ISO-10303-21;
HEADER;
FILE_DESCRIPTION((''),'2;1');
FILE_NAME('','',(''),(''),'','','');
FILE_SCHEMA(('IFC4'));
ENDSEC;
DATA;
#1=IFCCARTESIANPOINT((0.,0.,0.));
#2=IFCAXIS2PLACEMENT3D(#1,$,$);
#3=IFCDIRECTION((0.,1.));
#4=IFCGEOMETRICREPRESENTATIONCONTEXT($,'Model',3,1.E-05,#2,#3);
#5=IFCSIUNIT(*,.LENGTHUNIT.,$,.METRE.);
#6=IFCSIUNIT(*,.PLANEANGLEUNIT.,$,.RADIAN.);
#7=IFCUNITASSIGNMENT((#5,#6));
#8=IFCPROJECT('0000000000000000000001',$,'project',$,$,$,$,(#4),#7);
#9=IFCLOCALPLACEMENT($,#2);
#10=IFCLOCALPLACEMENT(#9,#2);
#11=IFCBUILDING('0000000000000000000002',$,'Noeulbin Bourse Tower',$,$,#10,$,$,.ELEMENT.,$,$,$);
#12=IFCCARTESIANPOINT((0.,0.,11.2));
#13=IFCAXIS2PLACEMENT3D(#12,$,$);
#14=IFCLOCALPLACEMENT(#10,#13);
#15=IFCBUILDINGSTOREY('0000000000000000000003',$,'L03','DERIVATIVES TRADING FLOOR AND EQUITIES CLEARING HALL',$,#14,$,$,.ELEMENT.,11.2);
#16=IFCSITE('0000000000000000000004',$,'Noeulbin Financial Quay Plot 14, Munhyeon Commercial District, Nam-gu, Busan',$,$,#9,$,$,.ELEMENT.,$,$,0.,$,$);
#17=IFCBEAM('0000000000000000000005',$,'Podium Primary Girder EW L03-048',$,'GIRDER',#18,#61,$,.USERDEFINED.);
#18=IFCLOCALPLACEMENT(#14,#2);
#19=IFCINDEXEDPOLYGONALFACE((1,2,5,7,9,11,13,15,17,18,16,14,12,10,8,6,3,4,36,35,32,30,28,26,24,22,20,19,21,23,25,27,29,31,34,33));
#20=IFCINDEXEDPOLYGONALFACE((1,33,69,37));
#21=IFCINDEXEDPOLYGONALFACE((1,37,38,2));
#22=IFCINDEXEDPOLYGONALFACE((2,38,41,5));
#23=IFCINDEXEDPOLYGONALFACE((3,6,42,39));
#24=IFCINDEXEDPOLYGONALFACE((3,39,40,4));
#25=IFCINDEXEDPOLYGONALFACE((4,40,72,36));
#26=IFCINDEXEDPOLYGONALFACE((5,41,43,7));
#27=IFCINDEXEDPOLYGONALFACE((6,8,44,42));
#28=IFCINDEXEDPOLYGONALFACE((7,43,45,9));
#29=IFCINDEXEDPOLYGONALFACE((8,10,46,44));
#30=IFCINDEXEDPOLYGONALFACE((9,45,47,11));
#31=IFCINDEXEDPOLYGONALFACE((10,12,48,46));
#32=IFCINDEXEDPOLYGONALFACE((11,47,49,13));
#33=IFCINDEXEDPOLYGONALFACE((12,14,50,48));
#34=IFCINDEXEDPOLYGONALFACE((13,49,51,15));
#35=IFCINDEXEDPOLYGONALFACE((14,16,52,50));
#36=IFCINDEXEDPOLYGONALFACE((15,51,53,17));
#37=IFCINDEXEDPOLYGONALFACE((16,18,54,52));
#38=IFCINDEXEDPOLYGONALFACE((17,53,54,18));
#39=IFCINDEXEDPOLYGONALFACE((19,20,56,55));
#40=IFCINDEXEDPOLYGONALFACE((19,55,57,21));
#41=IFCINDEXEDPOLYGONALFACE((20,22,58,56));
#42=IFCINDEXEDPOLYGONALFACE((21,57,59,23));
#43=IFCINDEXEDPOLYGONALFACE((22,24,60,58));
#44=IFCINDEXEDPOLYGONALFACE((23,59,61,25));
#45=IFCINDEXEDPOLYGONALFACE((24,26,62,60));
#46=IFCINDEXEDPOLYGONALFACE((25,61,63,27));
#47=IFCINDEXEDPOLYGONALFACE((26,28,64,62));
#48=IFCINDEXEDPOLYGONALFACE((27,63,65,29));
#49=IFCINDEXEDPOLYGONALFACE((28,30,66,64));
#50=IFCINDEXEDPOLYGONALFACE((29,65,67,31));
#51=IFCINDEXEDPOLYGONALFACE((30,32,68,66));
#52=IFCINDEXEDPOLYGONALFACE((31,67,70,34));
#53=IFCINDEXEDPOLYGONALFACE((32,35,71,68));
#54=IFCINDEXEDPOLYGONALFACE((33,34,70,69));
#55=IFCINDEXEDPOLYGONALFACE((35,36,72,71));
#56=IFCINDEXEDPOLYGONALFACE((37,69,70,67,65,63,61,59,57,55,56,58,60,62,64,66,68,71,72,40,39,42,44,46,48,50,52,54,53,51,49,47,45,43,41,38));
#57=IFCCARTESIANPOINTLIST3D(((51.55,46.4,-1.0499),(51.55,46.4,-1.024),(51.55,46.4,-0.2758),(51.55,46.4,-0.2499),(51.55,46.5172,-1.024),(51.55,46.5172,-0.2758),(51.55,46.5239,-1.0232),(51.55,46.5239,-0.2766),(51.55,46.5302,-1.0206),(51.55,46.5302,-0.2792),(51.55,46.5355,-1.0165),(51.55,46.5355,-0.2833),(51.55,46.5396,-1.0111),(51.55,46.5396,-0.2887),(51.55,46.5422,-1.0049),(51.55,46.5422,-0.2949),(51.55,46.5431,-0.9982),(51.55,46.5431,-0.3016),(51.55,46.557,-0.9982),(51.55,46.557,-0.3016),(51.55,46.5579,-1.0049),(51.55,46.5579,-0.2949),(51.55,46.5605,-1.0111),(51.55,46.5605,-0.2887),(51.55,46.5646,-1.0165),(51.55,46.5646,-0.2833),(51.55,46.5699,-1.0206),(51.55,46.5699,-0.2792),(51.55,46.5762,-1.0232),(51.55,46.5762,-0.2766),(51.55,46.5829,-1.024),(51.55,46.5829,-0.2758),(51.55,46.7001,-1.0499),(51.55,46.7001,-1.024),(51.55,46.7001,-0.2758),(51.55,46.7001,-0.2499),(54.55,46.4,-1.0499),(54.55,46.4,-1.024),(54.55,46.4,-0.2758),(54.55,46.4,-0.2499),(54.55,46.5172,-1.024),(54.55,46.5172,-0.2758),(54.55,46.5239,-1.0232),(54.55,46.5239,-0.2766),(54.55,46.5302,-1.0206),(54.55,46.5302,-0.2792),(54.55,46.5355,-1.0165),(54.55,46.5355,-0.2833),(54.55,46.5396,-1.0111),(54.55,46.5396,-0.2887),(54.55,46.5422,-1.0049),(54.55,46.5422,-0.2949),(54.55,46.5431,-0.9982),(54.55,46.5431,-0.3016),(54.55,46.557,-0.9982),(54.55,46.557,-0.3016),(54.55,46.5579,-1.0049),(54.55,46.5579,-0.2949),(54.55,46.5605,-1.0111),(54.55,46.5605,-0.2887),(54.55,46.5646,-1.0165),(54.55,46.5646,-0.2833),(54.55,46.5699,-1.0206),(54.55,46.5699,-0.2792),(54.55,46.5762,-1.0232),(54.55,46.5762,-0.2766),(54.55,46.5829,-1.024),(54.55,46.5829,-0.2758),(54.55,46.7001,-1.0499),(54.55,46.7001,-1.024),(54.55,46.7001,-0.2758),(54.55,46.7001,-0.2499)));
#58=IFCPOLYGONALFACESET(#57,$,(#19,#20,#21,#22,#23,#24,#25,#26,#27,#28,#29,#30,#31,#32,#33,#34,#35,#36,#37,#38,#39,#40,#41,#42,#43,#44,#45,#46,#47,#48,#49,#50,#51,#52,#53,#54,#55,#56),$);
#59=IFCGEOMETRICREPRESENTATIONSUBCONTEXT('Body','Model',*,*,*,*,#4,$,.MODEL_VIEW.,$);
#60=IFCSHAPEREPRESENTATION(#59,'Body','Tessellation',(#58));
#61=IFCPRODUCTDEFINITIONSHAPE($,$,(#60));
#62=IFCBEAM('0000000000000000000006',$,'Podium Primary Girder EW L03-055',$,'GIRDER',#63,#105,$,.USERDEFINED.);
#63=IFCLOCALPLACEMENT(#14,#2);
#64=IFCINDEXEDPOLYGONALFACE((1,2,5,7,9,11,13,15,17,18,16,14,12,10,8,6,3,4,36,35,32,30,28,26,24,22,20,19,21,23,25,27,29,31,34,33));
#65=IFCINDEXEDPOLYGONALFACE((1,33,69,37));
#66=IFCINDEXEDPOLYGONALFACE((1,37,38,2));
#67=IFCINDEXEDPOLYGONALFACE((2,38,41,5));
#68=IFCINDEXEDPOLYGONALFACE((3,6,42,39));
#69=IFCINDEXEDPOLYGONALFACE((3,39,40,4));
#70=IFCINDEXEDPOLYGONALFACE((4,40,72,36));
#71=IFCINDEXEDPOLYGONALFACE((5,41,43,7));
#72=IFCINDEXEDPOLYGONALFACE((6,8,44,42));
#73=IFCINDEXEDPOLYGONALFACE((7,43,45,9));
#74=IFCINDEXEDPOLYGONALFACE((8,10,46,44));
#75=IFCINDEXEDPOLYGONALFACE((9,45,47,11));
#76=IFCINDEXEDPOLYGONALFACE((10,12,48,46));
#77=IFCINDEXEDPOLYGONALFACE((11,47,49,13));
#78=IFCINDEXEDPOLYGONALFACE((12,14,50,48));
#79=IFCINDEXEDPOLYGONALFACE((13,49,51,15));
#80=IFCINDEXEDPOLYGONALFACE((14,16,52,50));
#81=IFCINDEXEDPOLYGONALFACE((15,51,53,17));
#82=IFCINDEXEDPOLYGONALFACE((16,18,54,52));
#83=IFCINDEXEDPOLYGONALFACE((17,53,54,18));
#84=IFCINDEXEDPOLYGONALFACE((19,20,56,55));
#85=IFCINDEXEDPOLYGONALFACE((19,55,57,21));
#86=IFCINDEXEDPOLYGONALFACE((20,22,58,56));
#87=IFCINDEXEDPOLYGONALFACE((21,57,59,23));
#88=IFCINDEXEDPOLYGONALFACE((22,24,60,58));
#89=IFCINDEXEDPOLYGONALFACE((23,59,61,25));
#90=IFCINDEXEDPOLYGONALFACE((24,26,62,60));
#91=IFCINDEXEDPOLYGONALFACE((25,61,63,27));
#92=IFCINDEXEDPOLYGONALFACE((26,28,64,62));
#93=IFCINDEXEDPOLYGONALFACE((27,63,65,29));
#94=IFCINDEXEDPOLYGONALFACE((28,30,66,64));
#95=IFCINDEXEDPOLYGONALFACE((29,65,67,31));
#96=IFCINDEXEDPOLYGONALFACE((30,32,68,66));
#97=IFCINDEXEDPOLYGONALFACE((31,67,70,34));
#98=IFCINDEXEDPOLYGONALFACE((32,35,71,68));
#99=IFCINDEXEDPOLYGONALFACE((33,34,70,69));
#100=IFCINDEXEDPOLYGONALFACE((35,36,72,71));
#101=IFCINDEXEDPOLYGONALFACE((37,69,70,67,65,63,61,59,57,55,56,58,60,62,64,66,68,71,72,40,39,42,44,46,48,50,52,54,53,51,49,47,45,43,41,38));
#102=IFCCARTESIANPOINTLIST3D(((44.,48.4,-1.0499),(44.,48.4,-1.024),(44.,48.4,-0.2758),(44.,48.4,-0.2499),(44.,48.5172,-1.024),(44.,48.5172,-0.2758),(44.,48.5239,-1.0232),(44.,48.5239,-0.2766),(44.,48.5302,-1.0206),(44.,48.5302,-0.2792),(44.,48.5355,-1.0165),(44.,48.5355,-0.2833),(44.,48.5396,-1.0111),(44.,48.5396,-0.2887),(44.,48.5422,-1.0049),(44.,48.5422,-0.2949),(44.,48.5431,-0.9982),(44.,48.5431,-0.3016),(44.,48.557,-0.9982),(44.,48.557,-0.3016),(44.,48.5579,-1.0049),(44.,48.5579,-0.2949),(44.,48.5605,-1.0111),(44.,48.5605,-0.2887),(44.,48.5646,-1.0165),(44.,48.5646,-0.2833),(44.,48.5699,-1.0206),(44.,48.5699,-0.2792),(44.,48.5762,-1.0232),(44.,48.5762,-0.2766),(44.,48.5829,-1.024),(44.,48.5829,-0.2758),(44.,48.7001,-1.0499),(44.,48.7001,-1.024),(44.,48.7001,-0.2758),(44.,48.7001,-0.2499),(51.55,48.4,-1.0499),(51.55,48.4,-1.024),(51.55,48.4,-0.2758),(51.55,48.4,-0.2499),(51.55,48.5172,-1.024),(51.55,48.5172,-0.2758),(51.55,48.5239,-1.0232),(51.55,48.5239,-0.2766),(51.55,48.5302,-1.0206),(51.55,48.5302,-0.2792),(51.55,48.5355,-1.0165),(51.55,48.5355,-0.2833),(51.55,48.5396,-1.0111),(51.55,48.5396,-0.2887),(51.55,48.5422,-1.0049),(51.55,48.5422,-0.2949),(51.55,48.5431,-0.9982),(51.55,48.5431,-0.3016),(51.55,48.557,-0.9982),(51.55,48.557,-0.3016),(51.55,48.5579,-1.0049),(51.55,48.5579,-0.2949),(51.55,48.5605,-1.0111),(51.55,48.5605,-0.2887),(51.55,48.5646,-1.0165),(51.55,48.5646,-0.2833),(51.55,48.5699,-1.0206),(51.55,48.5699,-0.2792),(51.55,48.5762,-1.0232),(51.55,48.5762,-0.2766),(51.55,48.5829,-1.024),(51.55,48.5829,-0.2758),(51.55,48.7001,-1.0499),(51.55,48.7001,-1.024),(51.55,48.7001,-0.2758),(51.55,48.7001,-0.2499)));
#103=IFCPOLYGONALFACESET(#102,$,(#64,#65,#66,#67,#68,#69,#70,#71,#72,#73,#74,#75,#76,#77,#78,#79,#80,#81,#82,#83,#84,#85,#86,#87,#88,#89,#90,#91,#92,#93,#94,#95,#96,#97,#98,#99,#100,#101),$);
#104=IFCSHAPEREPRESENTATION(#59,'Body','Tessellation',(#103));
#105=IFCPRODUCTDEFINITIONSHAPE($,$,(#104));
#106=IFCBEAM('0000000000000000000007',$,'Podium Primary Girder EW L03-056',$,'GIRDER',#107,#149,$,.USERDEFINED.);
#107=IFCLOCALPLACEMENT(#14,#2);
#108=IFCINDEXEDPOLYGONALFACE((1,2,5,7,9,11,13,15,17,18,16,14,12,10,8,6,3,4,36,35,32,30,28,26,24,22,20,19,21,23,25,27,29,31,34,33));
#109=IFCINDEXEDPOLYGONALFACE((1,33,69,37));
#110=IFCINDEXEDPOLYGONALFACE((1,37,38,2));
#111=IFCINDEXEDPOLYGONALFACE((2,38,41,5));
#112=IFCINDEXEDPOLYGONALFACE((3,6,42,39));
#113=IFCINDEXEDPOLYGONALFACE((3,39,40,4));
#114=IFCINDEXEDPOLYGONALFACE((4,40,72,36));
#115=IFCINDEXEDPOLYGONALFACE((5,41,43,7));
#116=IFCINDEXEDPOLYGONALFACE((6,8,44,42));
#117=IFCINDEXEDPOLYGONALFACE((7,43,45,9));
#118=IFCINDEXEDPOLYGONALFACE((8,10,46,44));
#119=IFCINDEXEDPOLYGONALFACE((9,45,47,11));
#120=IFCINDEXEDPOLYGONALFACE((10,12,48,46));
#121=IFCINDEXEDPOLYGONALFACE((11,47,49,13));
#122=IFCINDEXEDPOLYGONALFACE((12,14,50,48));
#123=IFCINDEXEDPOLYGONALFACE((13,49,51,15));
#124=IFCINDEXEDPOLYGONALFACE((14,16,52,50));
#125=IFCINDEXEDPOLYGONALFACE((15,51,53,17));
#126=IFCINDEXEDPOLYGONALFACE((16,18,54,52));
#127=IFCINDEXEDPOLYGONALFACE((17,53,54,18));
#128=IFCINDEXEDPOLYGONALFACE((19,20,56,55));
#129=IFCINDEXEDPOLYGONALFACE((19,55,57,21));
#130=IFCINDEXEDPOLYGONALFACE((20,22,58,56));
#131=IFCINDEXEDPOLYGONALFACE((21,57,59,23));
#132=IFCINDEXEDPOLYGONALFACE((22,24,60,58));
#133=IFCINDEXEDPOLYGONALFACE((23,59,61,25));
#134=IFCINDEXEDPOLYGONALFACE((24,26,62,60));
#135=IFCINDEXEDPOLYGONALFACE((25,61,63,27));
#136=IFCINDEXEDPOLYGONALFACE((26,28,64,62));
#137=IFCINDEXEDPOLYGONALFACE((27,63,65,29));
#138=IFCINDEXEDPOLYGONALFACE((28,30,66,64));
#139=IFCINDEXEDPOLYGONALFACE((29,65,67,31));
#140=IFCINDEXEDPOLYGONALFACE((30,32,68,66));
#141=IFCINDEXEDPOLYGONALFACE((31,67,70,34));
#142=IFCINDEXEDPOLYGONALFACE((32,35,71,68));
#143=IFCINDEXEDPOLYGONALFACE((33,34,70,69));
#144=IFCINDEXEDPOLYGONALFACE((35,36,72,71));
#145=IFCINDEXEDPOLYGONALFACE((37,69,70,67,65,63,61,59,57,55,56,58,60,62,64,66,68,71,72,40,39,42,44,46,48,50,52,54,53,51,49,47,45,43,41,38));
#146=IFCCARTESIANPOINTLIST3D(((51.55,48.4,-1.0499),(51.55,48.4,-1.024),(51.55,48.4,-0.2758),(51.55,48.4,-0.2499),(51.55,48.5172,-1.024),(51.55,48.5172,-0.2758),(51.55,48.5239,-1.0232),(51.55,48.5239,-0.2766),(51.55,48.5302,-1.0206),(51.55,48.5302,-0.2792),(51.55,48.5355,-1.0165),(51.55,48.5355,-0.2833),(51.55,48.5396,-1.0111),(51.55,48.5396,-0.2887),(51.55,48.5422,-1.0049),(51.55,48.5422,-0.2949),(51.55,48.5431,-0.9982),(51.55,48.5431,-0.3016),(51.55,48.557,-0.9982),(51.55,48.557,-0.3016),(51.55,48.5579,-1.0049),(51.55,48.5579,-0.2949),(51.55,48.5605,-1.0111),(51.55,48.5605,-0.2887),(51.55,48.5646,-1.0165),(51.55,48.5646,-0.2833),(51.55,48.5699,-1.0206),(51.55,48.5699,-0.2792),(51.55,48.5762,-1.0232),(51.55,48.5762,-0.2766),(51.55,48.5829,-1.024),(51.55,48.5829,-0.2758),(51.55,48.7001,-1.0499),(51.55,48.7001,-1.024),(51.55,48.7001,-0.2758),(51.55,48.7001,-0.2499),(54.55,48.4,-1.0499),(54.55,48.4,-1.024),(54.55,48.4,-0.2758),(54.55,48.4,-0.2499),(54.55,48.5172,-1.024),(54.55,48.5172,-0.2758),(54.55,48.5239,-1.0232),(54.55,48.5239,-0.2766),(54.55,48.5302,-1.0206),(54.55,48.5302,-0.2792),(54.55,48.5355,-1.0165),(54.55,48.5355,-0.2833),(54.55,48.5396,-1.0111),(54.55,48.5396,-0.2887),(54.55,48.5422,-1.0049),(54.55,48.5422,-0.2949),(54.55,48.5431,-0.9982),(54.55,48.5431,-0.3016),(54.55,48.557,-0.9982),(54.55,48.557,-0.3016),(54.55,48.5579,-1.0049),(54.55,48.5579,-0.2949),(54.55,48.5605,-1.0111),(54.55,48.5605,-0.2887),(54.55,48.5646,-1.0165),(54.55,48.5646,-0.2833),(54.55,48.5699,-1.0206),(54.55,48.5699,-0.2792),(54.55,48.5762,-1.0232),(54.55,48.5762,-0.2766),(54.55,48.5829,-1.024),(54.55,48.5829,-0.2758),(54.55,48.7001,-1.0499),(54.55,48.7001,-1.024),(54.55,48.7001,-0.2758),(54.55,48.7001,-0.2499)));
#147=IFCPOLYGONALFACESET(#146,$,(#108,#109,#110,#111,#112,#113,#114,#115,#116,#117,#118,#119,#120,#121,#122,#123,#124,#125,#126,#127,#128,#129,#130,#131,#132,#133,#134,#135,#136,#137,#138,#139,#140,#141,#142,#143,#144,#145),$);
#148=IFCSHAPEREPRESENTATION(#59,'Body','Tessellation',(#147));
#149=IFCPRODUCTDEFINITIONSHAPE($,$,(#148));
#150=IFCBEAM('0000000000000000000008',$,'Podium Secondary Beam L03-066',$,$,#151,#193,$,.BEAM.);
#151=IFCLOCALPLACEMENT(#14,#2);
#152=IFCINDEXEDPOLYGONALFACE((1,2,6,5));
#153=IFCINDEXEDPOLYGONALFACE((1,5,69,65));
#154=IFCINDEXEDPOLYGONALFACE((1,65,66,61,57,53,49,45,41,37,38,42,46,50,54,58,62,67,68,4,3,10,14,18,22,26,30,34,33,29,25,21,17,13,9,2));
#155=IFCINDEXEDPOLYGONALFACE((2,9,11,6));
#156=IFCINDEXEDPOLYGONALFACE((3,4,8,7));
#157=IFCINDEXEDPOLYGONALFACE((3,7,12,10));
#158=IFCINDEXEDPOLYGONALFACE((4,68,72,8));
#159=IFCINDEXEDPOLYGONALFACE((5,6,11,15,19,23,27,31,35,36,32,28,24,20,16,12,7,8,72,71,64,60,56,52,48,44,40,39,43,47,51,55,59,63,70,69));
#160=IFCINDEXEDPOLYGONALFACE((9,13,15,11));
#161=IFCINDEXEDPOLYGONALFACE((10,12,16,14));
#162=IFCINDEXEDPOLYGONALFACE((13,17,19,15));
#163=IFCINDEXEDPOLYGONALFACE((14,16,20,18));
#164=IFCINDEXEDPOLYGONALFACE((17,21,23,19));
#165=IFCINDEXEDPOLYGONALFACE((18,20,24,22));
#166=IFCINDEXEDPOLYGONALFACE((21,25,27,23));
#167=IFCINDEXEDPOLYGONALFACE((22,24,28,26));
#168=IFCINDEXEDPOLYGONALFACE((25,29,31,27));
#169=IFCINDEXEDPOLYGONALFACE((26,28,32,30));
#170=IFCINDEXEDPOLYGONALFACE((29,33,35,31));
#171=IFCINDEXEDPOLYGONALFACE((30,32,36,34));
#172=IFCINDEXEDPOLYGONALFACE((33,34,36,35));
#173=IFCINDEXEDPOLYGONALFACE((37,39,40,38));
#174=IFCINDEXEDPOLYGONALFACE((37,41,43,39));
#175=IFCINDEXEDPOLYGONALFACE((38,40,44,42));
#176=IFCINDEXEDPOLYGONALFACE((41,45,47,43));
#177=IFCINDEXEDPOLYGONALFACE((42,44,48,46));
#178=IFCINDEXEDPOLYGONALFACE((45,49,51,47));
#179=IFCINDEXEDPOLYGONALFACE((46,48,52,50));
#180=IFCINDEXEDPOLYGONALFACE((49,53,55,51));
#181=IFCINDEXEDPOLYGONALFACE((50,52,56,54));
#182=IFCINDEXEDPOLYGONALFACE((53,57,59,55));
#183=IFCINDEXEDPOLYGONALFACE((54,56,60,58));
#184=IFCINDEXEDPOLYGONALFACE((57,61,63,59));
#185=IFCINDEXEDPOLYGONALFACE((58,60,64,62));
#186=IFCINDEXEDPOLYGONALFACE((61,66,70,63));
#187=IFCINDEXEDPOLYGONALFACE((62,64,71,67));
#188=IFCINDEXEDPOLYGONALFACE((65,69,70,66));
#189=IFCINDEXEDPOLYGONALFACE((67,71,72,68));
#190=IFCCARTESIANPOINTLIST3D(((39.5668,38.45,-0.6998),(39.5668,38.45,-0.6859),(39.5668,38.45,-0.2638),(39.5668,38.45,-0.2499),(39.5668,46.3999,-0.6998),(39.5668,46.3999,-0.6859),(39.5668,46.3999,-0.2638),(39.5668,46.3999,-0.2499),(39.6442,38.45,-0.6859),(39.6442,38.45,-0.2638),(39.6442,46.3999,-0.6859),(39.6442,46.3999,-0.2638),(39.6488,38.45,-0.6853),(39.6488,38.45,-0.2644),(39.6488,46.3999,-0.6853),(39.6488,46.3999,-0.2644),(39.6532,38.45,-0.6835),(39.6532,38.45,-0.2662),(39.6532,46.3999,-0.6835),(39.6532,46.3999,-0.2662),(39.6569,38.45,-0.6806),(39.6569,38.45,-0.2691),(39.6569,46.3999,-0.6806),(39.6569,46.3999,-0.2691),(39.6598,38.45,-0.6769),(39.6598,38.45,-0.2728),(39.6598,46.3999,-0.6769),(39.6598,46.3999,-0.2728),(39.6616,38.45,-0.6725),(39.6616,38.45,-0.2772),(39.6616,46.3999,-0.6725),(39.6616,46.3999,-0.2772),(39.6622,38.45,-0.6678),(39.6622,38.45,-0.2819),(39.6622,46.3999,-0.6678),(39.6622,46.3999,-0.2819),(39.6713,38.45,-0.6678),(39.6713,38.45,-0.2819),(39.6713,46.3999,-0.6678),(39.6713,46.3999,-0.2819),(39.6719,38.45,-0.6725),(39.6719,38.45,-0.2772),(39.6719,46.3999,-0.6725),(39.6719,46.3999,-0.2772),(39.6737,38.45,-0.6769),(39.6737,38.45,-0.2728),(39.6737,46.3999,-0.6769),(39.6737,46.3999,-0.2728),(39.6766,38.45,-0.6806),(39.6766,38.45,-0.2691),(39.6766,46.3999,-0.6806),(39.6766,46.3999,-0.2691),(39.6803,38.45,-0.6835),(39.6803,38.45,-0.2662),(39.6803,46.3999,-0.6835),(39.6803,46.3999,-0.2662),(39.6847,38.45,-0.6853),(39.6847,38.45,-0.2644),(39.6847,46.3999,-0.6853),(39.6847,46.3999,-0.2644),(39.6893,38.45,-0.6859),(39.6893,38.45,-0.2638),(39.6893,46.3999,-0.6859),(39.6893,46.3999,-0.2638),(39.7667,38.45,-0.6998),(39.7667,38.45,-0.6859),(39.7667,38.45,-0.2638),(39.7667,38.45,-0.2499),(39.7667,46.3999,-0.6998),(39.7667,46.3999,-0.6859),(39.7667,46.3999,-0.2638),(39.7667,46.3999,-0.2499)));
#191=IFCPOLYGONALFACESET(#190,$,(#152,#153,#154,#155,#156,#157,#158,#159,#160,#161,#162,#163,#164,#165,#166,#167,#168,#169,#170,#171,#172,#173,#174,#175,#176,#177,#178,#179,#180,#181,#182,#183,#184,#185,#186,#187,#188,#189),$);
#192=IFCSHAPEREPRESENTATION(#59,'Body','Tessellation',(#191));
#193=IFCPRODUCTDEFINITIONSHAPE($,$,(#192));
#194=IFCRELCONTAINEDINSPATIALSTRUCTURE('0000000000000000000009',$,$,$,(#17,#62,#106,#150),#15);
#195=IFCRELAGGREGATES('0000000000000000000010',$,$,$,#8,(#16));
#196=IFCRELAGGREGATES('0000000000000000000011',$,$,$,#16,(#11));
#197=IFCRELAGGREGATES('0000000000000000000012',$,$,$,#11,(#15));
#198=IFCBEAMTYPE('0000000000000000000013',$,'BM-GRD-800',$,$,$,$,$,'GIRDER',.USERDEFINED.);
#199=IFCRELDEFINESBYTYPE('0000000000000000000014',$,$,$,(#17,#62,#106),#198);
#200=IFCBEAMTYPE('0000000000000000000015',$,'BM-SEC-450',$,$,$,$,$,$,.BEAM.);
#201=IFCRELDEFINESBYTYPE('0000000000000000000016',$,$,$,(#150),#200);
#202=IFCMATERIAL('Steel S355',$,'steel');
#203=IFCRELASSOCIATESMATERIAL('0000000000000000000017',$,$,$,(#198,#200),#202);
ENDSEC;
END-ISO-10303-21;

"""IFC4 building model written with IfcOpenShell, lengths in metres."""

from ifc_helpers import new_model, si_unit, direction, frame, origin, origin_2d, place, context, subcontext, project, spatial, i_section, extrude, material, material_profile, profile_set, type_object, element, save


model = new_model("IFC4")

# Units and contexts
model_context = context("Model", 3, precision=1e-05, world=origin(), true_north=direction((0.0, 1.0)))
body_context = subcontext(model_context, "Body", "Model", "MODEL_VIEW")
ifc_project = project(units=[si_unit("LENGTHUNIT", "METRE"), si_unit("PLANEANGLEUNIT", "RADIAN")], contexts=[model_context])

# Site, building, storey
site_placement = place(None, origin())
site = spatial("IfcSite", under=ifc_project, at=site_placement, Name="Noeulbin Financial Quay Plot 14, Munhyeon Commercial District, Nam-gu, Busan", CompositionType="ELEMENT", RefElevation=0.0)
building_placement = place(site_placement, origin())
building = spatial("IfcBuilding", under=site, at=building_placement, Name="Noeulbin Bourse Tower", CompositionType="ELEMENT")
storey_placement = place(building_placement, frame((0.0, 0.0, 11.2)))
storey = spatial("IfcBuildingStorey", under=building, at=storey_placement, Name="L03", Description="DERIVATIVES TRADING FLOOR AND EQUITIES CLEARING HALL", CompositionType="ELEMENT", Elevation=11.2)

# Beams
ifc_material_1 = material(Name="Steel S355", Category="steel")
ifc_material_profile_1 = material_profile(ifc_material_1, i_section(OverallWidth=0.3, OverallDepth=0.8, WebThickness=0.0139, FlangeThickness=0.0259, FilletRadius=0.0259, at=origin_2d()), Name="H-800x300x14x26", Category="LoadBearing")
ifc_profile_set_1 = profile_set([ifc_material_profile_1], Name="Steel S355")
beam_type_1 = type_object("IfcBeamType", Name="BM-GRD-800", ElementType="GIRDER", PredefinedType="USERDEFINED", material=ifc_profile_set_1)
beam_1_placement = place(storey_placement, frame((51.55, 46.55, -0.6499), z_axis=(1.0, 0.0, 0.0), x_axis=(0.0, 1.0, 0.0)))
element("IfcBeam", 1, at=beam_1_placement, inside=storey, type_object=beam_type_1, Name="Podium Primary Girder EW L03-048", ObjectType="GIRDER", PredefinedType="USERDEFINED", context=body_context, shape_type="SweptSolid", body=[
    extrude(i_section(OverallWidth=0.3, OverallDepth=0.8, WebThickness=0.0139, FlangeThickness=0.0259, FilletRadius=0.0259, at=origin_2d()), origin(), (0.0, 0.0, 1.0), 3.0),
])
beam_2_placement = place(storey_placement, frame((44.0, 48.55, -0.6499), z_axis=(1.0, 0.0, 0.0), x_axis=(0.0, 1.0, 0.0)))
element("IfcBeam", 2, at=beam_2_placement, inside=storey, type_object=beam_type_1, Name="Podium Primary Girder EW L03-055", ObjectType="GIRDER", PredefinedType="USERDEFINED", context=body_context, shape_type="SweptSolid", body=[
    extrude(i_section(OverallWidth=0.3, OverallDepth=0.8, WebThickness=0.0139, FlangeThickness=0.0259, FilletRadius=0.0259, at=origin_2d()), origin(), (0.0, 0.0, 1.0), 7.55),
])
beam_3_placement = place(storey_placement, frame((51.55, 48.55, -0.6499), z_axis=(1.0, 0.0, 0.0), x_axis=(0.0, 1.0, 0.0)))
element("IfcBeam", 3, at=beam_3_placement, inside=storey, type_object=beam_type_1, Name="Podium Primary Girder EW L03-056", ObjectType="GIRDER", PredefinedType="USERDEFINED", context=body_context, shape_type="SweptSolid", body=[
    extrude(i_section(OverallWidth=0.3, OverallDepth=0.8, WebThickness=0.0139, FlangeThickness=0.0259, FilletRadius=0.0259, at=origin_2d()), origin(), (0.0, 0.0, 1.0), 3.0),
])
ifc_material_profile_2 = material_profile(ifc_material_1, i_section(OverallWidth=0.2, OverallDepth=0.45, WebThickness=0.009, FlangeThickness=0.0139, FilletRadius=0.0181, at=origin_2d()), Name="H-450x200x9x14", Category="LoadBearing")
ifc_profile_set_2 = profile_set([ifc_material_profile_2], Name="Steel S355")
beam_type_2 = type_object("IfcBeamType", Name="BM-SEC-450", PredefinedType="BEAM", material=ifc_profile_set_2)
beam_4_placement = place(storey_placement, frame((39.6667, 38.45, -0.4749), z_axis=(0.0, 1.0, 0.0), x_axis=(-1.0, 0.0, 0.0)))
element("IfcBeam", 4, at=beam_4_placement, inside=storey, type_object=beam_type_2, Name="Podium Secondary Beam L03-066", PredefinedType="BEAM", context=body_context, shape_type="SweptSolid", body=[
    extrude(i_section(OverallWidth=0.2, OverallDepth=0.45, WebThickness=0.009, FlangeThickness=0.0139, FilletRadius=0.0181, at=origin_2d()), origin(), (0.0, 0.0, 1.0), 7.95),
])

save(model, "model.ifc")
